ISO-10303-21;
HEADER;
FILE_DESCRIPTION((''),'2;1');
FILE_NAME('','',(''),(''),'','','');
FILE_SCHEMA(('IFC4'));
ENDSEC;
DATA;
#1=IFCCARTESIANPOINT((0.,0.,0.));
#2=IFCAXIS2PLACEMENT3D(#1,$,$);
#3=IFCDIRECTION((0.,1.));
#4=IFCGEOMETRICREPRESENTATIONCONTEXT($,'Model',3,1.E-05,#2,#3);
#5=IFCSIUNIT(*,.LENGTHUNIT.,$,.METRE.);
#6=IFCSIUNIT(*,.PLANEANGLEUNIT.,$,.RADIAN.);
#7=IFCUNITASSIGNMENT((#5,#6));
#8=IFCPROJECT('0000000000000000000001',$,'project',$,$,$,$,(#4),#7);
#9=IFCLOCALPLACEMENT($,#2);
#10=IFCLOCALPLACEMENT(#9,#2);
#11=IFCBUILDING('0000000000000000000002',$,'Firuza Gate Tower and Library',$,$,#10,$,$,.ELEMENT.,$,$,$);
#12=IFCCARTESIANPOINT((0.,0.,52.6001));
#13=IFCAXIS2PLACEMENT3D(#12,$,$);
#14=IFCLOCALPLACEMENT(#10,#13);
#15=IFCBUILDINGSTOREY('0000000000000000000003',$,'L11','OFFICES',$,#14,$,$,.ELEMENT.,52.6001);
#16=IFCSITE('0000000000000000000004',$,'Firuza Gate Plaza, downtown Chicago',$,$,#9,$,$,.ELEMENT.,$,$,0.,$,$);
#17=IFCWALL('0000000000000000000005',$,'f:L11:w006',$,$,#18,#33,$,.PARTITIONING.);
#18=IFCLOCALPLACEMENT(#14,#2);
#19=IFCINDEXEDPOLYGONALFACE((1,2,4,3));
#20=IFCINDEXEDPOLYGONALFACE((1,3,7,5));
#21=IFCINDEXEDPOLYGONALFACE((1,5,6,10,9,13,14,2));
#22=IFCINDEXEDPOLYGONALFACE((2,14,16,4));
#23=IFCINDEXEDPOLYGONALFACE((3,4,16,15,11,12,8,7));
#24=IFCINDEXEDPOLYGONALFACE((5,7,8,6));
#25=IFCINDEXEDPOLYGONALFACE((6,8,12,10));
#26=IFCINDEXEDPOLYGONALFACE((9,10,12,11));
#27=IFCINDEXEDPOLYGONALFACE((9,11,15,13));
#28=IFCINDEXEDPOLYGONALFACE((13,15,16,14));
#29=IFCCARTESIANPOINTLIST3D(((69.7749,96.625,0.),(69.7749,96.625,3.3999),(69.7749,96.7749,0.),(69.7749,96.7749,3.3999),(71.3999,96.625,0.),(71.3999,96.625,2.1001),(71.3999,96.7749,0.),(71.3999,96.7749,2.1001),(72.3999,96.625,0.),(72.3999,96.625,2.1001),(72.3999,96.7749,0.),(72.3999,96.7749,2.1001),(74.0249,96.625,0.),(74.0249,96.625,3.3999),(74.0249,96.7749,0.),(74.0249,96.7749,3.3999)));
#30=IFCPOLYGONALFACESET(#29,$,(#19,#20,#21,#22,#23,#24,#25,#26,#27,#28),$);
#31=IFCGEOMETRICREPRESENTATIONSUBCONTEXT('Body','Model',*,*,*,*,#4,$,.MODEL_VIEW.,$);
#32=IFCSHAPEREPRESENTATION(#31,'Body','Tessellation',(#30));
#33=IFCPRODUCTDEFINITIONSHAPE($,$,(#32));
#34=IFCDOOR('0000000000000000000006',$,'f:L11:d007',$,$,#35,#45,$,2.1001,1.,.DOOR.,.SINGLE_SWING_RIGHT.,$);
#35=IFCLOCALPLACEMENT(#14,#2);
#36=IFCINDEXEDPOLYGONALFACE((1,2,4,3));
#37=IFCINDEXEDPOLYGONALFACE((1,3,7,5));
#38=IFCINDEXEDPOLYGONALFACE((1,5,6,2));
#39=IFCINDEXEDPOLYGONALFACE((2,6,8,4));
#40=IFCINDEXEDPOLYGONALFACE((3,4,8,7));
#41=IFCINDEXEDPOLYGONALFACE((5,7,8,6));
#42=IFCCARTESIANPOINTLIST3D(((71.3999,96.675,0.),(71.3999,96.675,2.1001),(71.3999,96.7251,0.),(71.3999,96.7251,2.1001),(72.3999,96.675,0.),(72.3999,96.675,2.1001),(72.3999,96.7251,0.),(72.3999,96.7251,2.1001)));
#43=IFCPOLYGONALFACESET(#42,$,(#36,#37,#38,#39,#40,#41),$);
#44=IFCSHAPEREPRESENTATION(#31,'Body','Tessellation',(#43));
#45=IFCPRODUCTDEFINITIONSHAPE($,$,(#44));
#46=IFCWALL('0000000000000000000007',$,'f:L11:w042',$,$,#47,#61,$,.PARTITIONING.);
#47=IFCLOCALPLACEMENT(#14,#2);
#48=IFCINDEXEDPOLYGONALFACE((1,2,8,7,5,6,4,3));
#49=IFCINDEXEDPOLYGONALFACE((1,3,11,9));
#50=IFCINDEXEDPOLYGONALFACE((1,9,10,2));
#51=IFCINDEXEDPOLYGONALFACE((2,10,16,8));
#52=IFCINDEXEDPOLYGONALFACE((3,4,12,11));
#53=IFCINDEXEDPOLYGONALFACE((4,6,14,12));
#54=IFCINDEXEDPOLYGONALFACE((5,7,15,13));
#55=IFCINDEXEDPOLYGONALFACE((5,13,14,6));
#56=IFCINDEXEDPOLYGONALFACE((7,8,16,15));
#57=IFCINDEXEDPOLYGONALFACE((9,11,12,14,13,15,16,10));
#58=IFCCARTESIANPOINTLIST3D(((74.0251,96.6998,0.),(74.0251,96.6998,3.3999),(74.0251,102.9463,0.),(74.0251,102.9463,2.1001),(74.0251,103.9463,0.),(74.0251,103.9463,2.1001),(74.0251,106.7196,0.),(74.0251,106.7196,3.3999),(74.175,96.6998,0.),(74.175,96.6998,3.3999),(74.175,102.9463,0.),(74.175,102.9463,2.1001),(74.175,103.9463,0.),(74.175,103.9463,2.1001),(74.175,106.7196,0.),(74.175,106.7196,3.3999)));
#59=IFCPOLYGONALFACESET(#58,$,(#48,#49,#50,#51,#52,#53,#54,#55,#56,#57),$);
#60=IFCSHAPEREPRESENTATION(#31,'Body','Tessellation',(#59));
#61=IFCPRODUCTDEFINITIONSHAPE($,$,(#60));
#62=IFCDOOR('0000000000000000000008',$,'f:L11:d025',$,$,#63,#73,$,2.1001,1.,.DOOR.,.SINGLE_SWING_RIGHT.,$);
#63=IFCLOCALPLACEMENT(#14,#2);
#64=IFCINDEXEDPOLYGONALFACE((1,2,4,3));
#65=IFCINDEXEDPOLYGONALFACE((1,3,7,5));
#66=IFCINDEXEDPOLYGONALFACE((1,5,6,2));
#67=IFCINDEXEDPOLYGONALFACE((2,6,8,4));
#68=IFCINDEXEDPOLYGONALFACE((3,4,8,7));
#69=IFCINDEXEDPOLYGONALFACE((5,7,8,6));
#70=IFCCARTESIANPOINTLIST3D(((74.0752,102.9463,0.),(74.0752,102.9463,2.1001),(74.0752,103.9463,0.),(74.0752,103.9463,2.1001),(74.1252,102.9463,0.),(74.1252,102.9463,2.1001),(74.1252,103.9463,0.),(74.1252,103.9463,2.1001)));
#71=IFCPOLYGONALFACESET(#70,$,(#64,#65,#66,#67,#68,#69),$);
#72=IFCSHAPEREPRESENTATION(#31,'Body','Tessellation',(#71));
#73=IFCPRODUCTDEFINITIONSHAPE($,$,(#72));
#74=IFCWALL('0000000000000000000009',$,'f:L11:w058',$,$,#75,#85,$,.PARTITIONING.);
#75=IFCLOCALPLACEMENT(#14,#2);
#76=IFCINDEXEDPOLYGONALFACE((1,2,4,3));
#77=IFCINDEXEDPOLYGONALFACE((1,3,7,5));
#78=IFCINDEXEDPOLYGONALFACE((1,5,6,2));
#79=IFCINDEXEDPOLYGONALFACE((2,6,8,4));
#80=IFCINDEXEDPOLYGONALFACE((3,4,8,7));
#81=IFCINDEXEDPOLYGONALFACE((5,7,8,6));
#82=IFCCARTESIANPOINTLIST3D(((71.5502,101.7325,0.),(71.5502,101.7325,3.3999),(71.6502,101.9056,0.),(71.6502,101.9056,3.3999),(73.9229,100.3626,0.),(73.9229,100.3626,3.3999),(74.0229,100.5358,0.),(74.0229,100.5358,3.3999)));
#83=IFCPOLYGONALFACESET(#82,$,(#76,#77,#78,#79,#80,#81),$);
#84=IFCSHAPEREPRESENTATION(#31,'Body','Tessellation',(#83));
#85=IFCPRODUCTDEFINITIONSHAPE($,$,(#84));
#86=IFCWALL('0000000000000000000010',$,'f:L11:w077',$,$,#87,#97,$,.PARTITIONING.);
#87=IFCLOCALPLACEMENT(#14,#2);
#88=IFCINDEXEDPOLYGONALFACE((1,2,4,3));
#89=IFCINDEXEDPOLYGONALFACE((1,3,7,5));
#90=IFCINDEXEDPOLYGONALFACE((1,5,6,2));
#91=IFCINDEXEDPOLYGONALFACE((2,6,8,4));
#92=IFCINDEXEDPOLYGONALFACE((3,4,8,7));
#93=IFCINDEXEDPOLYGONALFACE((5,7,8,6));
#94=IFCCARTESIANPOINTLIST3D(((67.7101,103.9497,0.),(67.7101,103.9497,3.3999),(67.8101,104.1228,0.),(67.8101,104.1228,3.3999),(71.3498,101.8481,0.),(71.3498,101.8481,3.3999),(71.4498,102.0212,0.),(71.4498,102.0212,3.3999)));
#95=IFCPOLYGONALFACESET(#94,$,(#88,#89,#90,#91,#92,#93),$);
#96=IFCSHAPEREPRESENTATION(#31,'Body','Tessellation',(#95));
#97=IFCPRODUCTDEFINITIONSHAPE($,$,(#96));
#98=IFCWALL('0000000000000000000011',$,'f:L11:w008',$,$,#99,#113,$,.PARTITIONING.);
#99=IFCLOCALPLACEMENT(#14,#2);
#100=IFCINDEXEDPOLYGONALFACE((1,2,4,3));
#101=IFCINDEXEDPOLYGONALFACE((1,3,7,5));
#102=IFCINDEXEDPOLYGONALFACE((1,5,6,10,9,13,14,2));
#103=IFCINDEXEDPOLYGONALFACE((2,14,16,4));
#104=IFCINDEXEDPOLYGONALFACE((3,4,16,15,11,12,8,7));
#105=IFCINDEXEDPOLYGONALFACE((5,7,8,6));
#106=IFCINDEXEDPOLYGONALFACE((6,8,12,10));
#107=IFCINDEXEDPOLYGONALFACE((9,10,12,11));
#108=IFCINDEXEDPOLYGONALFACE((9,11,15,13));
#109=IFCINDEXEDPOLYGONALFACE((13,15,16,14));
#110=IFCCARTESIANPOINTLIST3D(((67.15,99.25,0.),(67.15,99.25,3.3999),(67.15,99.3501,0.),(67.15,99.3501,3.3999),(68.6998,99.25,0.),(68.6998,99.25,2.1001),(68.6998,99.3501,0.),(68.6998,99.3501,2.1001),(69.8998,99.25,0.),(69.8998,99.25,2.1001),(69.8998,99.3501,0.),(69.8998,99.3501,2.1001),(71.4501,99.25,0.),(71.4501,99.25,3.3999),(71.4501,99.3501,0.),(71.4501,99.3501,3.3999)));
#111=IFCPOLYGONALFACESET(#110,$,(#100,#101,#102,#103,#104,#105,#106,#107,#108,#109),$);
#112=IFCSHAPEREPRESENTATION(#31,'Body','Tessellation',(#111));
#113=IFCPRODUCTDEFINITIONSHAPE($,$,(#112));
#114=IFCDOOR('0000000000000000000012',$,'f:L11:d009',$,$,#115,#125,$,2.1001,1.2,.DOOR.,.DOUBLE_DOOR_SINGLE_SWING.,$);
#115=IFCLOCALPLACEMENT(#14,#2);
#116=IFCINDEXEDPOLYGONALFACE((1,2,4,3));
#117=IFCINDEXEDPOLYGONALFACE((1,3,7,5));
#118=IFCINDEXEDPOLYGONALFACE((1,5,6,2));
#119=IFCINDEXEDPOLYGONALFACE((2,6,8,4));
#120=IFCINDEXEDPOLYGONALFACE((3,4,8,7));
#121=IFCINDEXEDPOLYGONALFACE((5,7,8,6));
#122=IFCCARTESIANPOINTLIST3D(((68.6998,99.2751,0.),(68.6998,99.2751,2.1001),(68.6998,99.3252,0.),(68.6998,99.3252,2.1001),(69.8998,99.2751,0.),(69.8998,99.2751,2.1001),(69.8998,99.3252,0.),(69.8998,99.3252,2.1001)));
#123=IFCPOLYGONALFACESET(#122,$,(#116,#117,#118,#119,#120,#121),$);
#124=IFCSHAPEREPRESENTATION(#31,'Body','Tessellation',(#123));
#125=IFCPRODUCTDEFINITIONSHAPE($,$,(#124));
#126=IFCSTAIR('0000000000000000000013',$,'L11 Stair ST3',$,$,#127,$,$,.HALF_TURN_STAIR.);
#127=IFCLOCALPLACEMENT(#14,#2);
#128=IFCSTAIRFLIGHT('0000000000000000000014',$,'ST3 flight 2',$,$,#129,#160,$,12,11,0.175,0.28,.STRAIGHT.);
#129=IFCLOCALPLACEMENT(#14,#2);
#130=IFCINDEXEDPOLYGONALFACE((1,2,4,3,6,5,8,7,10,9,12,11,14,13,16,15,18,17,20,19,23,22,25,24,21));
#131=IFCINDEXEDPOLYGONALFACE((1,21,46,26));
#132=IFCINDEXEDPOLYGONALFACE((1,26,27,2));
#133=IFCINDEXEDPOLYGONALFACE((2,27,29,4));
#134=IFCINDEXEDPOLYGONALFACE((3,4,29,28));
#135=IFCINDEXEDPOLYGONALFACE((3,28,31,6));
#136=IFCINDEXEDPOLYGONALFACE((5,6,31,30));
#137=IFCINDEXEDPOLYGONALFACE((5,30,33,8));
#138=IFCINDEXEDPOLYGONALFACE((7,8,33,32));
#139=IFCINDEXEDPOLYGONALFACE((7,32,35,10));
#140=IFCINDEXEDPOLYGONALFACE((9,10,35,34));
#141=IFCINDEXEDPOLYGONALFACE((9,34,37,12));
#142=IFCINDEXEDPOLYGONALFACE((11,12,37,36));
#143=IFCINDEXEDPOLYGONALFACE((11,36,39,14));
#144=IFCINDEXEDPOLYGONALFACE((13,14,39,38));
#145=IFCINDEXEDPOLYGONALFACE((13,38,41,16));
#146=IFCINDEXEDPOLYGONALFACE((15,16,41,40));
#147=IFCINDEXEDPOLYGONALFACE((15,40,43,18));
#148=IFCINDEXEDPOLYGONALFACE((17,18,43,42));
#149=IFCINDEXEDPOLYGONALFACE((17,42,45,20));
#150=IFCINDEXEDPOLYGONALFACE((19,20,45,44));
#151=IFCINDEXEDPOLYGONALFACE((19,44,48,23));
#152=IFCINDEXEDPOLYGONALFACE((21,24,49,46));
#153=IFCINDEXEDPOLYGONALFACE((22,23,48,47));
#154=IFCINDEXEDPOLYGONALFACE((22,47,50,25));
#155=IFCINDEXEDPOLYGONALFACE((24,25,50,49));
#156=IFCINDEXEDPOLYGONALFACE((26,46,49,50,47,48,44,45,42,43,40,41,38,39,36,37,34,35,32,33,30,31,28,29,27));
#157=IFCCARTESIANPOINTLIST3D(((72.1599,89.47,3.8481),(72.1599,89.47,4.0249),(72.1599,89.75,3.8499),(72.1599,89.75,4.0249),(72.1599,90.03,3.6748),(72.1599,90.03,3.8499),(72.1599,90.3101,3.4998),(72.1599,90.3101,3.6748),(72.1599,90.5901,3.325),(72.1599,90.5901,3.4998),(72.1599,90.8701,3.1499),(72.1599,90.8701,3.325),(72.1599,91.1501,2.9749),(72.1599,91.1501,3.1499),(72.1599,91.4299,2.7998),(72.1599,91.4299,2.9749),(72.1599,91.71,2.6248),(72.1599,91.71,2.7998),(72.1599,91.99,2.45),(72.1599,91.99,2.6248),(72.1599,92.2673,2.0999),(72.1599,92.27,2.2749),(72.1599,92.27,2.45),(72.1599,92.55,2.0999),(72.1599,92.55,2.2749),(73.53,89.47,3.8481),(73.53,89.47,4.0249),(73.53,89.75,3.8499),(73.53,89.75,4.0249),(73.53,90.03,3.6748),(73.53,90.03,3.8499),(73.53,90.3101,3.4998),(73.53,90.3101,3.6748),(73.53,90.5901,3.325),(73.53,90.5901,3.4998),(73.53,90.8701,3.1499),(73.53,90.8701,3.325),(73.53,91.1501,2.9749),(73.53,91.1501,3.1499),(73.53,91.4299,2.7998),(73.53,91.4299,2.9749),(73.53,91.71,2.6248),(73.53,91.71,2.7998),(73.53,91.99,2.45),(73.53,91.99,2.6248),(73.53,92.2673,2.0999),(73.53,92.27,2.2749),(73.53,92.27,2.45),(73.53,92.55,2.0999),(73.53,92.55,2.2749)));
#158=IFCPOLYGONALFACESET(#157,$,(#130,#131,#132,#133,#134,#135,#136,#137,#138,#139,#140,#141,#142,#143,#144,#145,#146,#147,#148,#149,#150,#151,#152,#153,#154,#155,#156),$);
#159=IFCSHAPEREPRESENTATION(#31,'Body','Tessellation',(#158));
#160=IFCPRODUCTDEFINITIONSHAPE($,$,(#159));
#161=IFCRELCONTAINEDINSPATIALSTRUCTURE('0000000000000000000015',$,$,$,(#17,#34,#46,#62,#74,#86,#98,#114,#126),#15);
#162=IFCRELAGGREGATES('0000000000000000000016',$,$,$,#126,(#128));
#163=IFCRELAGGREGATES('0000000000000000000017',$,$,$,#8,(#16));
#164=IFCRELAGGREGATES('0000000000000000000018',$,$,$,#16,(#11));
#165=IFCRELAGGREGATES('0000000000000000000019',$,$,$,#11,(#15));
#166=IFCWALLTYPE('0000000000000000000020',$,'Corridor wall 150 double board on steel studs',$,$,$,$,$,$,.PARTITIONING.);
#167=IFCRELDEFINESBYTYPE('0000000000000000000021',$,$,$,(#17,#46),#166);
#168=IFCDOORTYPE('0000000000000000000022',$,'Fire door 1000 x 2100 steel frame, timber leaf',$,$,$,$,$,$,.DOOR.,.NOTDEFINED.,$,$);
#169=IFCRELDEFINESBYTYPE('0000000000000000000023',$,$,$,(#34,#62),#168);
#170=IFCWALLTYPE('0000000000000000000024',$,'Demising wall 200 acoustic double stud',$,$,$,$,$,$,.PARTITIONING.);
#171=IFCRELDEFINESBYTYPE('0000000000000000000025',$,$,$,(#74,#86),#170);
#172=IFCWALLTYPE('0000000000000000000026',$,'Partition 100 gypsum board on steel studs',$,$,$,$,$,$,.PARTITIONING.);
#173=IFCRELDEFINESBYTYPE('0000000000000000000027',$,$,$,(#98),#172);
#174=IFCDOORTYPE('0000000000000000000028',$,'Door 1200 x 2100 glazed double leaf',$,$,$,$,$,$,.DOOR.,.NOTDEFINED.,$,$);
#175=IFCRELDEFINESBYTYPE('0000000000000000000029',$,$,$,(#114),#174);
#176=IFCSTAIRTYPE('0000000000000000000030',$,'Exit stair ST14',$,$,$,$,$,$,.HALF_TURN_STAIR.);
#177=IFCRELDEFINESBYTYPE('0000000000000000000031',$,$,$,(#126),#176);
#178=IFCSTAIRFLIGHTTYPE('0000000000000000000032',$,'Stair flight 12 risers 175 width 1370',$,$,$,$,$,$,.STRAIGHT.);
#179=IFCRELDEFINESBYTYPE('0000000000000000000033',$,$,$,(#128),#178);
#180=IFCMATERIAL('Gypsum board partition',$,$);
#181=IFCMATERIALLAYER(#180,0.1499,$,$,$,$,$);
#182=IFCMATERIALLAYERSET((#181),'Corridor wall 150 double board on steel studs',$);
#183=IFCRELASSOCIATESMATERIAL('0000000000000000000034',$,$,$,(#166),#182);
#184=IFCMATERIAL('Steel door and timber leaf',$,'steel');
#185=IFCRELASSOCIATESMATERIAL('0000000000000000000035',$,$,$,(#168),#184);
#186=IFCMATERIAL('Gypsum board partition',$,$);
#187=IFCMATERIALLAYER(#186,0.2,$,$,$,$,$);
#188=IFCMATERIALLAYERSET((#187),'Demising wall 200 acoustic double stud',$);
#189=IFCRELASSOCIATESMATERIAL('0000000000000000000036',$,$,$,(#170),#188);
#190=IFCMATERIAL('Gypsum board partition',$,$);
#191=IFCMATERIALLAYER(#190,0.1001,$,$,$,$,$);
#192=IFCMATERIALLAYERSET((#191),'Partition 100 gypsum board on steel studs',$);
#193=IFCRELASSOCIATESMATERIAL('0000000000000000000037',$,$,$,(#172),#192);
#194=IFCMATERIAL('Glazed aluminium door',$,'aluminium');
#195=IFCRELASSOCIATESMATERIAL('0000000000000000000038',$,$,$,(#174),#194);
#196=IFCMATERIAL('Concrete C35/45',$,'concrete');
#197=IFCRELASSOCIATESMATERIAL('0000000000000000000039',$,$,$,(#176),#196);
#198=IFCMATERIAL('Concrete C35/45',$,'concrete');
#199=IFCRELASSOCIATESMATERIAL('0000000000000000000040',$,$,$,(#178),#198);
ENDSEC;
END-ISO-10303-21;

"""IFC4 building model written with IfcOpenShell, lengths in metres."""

from ifc_helpers import new_model, si_unit, direction, frame, frame_2d, origin, place, context, subcontext, project, spatial, polyline, rectangle, outline, extrude, material, layer, layer_set, type_object, element, fill, aggregate, save


model = new_model("IFC4")

# Units and contexts
model_context = context("Model", 3, precision=1e-05, world=origin(), true_north=direction((0.0, 1.0)))
body_context = subcontext(model_context, "Body", "Model", "MODEL_VIEW")
ifc_project = project(units=[si_unit("LENGTHUNIT", "METRE"), si_unit("PLANEANGLEUNIT", "RADIAN")], contexts=[model_context])

# Site, building, storey
site_placement = place(None, origin())
site = spatial("IfcSite", under=ifc_project, at=site_placement, Name="Firuza Gate Plaza, downtown Chicago", CompositionType="ELEMENT", RefElevation=0.0)
building_placement = place(site_placement, origin())
building = spatial("IfcBuilding", under=site, at=building_placement, Name="Firuza Gate Tower and Library", CompositionType="ELEMENT")
storey_placement = place(building_placement, frame((0.0, 0.0, 52.6001)))
storey = spatial("IfcBuildingStorey", under=building, at=storey_placement, Name="L11", Description="OFFICES", CompositionType="ELEMENT", Elevation=52.6001)

# Shared definitions
placement = place(storey_placement, origin())

# Walls, openings, doors
ifc_material_1 = material(Name="Gypsum board partition")
ifc_layer_1 = layer(ifc_material_1, 0.1499)
ifc_layer_set_1 = layer_set([ifc_layer_1], Name="Corridor wall 150 double board on steel studs")
wall_type_1 = type_object("IfcWallType", Name="Corridor wall 150 double board on steel studs", PredefinedType="PARTITIONING", material=ifc_layer_set_1)
wall_1_placement = place(storey_placement, frame((74.0249, 96.7, 0.0), z_axis=(0.0, 0.0, 1.0), x_axis=(-1.0, 0.0, 0.0)))
wall_1 = element("IfcWall", 1, at=wall_1_placement, inside=storey, type_object=wall_type_1, Name="f:L11:w006", PredefinedType="PARTITIONING", context=body_context, shape_type="SweptSolid", body=[
    extrude(rectangle(XDim=4.25, YDim=0.1499, at=frame_2d((2.125, 0.0))), origin(), (0.0, 0.0, 1.0), 3.3999),
])
opening_1_placement = place(wall_1_placement, frame((1.625, 0.0, 0.0)))
opening_1 = element("IfcOpeningElement", 2, at=opening_1_placement, cuts=wall_1, PredefinedType="OPENING", context=body_context, shape_type="SweptSolid", body=[
    extrude(rectangle(XDim=1.0, YDim=2.1001, at=frame_2d((0.5, 1.05))), frame((0.0, 0.085, 0.0), z_axis=(0.0, -1.0, 0.0), x_axis=(1.0, 0.0, 0.0)), (0.0, 0.0, 1.0), 0.1699),
])
ifc_material_2 = material(Name="Steel door and timber leaf", Category="steel")
door_type_1 = type_object("IfcDoorType", Name="Fire door 1000 x 2100 steel frame, timber leaf", OperationType="NOTDEFINED", PredefinedType="DOOR", material=ifc_material_2)
door_1_placement = place(opening_1_placement, origin())
door_1 = element("IfcDoor", 3, at=door_1_placement, inside=storey, type_object=door_type_1, Name="f:L11:d007", OperationType="SINGLE_SWING_RIGHT", OverallHeight=2.1001, OverallWidth=1.0, PredefinedType="DOOR", context=body_context, shape_type="SweptSolid", body=[
    extrude(rectangle(XDim=1.0, YDim=2.1001, at=frame_2d((0.5, 1.05))), frame((0.0, 0.0249, 0.0), z_axis=(0.0, -1.0, 0.0), x_axis=(1.0, 0.0, 0.0)), (0.0, 0.0, 1.0), 0.05),
])
fill(opening_1, door_1)
wall_2_placement = place(storey_placement, frame((74.1001, 96.7, 0.0), z_axis=(0.0, 0.0, 1.0), x_axis=(0.0, 1.0, 0.0)))
wall_2 = element("IfcWall", 4, at=wall_2_placement, inside=storey, type_object=wall_type_1, Name="f:L11:w042", PredefinedType="PARTITIONING", context=body_context, shape_type="SweptSolid", body=[
    extrude(rectangle(XDim=10.0198, YDim=0.1499, at=frame_2d((5.0098, 0.0))), origin(), (0.0, 0.0, 1.0), 3.3999),
])
opening_2_placement = place(wall_2_placement, frame((6.2463, 0.0, 0.0)))
opening_2 = element("IfcOpeningElement", 5, at=opening_2_placement, cuts=wall_2, PredefinedType="OPENING", context=body_context, shape_type="SweptSolid", body=[
    extrude(rectangle(XDim=1.0, YDim=2.1001, at=frame_2d((0.5, 1.05))), frame((0.0, 0.085, 0.0), z_axis=(0.0, -1.0, 0.0), x_axis=(1.0, 0.0, 0.0)), (0.0, 0.0, 1.0), 0.1699),
])
door_2_placement = place(opening_2_placement, origin())
door_2 = element("IfcDoor", 6, at=door_2_placement, inside=storey, type_object=door_type_1, Name="f:L11:d025", OperationType="SINGLE_SWING_RIGHT", OverallHeight=2.1001, OverallWidth=1.0, PredefinedType="DOOR", context=body_context, shape_type="SweptSolid", body=[
    extrude(rectangle(XDim=1.0, YDim=2.1001, at=frame_2d((0.5, 1.05))), frame((0.0, 0.0249, 0.0), z_axis=(0.0, -1.0, 0.0), x_axis=(1.0, 0.0, 0.0)), (0.0, 0.0, 1.0), 0.05),
])
fill(opening_2, door_2)

# Walls
ifc_material_3 = material(Name="Gypsum board partition")
ifc_layer_2 = layer(ifc_material_3, 0.2)
ifc_layer_set_2 = layer_set([ifc_layer_2], Name="Demising wall 200 acoustic double stud")
wall_type_2 = type_object("IfcWallType", Name="Demising wall 200 acoustic double stud", PredefinedType="PARTITIONING", material=ifc_layer_set_2)
wall_3_placement = place(storey_placement, frame((73.9729, 100.4492, 0.0), z_axis=(0.0, 0.0, 1.0), x_axis=(-0.866036, 0.499982, 0.0)))
element("IfcWall", 7, at=wall_3_placement, inside=storey, type_object=wall_type_2, Name="f:L11:w058", PredefinedType="PARTITIONING", context=body_context, shape_type="SweptSolid", body=[
    extrude(rectangle(XDim=2.7397, YDim=0.2, at=frame_2d((1.3699, 0.0))), origin(), (0.0, 0.0, 1.0), 3.3999),
])
wall_4_placement = place(storey_placement, frame((71.3999, 101.9346, 0.0), z_axis=(0.0, 0.0, 1.0), x_axis=(-0.866004, 0.500038, 0.0)))
element("IfcWall", 8, at=wall_4_placement, inside=storey, type_object=wall_type_2, Name="f:L11:w077", PredefinedType="PARTITIONING", context=body_context, shape_type="SweptSolid", body=[
    extrude(rectangle(XDim=4.2029, YDim=0.2, at=frame_2d((2.1016, 0.0))), origin(), (0.0, 0.0, 1.0), 3.3999),
])

# Wall, opening, door
ifc_material_4 = material(Name="Gypsum board partition")
ifc_layer_3 = layer(ifc_material_4, 0.1001)
ifc_layer_set_3 = layer_set([ifc_layer_3], Name="Partition 100 gypsum board on steel studs")
wall_type_3 = type_object("IfcWallType", Name="Partition 100 gypsum board on steel studs", PredefinedType="PARTITIONING", material=ifc_layer_set_3)
wall_5_placement = place(storey_placement, frame((71.45, 99.3, 0.0), z_axis=(0.0, 0.0, 1.0), x_axis=(-1.0, 0.0, 0.0)))
wall_5 = element("IfcWall", 9, at=wall_5_placement, inside=storey, type_object=wall_type_3, Name="f:L11:w008", PredefinedType="PARTITIONING", context=body_context, shape_type="SweptSolid", body=[
    extrude(rectangle(XDim=4.3, YDim=0.1001, at=frame_2d((2.1499, 0.0))), origin(), (0.0, 0.0, 1.0), 3.3999),
])
opening_3_placement = place(wall_5_placement, frame((1.55, 0.0, 0.0)))
opening_3 = element("IfcOpeningElement", 10, at=opening_3_placement, cuts=wall_5, PredefinedType="OPENING", context=body_context, shape_type="SweptSolid", body=[
    extrude(rectangle(XDim=1.2, YDim=2.1001, at=frame_2d((0.6001, 1.05))), frame((0.0, 0.0601, 0.0), z_axis=(0.0, -1.0, 0.0), x_axis=(1.0, 0.0, 0.0)), (0.0, 0.0, 1.0), 0.1201),
])
ifc_material_5 = material(Name="Glazed aluminium door", Category="aluminium")
door_type_2 = type_object("IfcDoorType", Name="Door 1200 x 2100 glazed double leaf", OperationType="NOTDEFINED", PredefinedType="DOOR", material=ifc_material_5)
door_3_placement = place(opening_3_placement, origin())
door_3 = element("IfcDoor", 11, at=door_3_placement, inside=storey, type_object=door_type_2, Name="f:L11:d009", OperationType="DOUBLE_DOOR_SINGLE_SWING", OverallHeight=2.1001, OverallWidth=1.2, PredefinedType="DOOR", context=body_context, shape_type="SweptSolid", body=[
    extrude(rectangle(XDim=1.2, YDim=2.1001, at=frame_2d((0.6001, 1.05))), frame((0.0, 0.0249, 0.0), z_axis=(0.0, -1.0, 0.0), x_axis=(1.0, 0.0, 0.0)), (0.0, 0.0, 1.0), 0.05),
])
fill(opening_3, door_3)

# Stair, stair flight
ifc_material_6 = material(Name="Concrete C35/45", Category="concrete")
stair_type = type_object("IfcStairType", Name="Exit stair ST14", PredefinedType="HALF_TURN_STAIR", material=ifc_material_6)
stair = element("IfcStair", 12, at=placement, inside=storey, type_object=stair_type, Name="L11 Stair ST3", PredefinedType="HALF_TURN_STAIR")
ifc_material_7 = material(Name="Concrete C35/45", Category="concrete")
stair_flight_type = type_object("IfcStairFlightType", Name="Stair flight 12 risers 175 width 1370", PredefinedType="STRAIGHT", material=ifc_material_7)
stair_flight_placement = place(storey_placement, frame((72.845, 92.55, 2.0999), z_axis=(0.0, 0.0, 1.0), x_axis=(0.0, -1.0, 0.0)))
stair_flight = element("IfcStairFlight", 13, at=stair_flight_placement, type_object=stair_flight_type, Name="ST3 flight 2", NumberOfRisers=12, NumberOfTreads=11, PredefinedType="STRAIGHT", RiserHeight=0.175, TreadLength=0.28, context=body_context, shape_type="SweptSolid", body=[
    extrude(outline(polyline([(0.0, 0.0), (0.0, 0.175), (0.28, 0.175), (0.28, 0.3501), (0.5601, 0.3501), (0.5601, 0.5249), (0.8401, 0.5249), (0.8401, 0.7), (1.1201, 0.7), (1.1201, 0.875), (1.3999, 0.875), (1.3999, 1.05), (1.6799, 1.05), (1.6799, 1.2251), (1.96, 1.2251), (1.96, 1.3999), (2.24, 1.3999), (2.24, 1.575), (2.52, 1.575), (2.52, 1.75), (2.8, 1.75), (2.8, 1.925), (3.0801, 1.925), (3.0801, 2.1001), (3.0801, 1.7483), (0.2827, 0.0), (0.0, 0.0)])), frame((0.0, 0.6851, 0.0), z_axis=(0.0, -1.0, 0.0), x_axis=(1.0, 0.0, 0.0)), (0.0, 0.0, 1.0), 1.3701),
])
aggregate(stair, [stair_flight])

save(model, "model.ifc")
